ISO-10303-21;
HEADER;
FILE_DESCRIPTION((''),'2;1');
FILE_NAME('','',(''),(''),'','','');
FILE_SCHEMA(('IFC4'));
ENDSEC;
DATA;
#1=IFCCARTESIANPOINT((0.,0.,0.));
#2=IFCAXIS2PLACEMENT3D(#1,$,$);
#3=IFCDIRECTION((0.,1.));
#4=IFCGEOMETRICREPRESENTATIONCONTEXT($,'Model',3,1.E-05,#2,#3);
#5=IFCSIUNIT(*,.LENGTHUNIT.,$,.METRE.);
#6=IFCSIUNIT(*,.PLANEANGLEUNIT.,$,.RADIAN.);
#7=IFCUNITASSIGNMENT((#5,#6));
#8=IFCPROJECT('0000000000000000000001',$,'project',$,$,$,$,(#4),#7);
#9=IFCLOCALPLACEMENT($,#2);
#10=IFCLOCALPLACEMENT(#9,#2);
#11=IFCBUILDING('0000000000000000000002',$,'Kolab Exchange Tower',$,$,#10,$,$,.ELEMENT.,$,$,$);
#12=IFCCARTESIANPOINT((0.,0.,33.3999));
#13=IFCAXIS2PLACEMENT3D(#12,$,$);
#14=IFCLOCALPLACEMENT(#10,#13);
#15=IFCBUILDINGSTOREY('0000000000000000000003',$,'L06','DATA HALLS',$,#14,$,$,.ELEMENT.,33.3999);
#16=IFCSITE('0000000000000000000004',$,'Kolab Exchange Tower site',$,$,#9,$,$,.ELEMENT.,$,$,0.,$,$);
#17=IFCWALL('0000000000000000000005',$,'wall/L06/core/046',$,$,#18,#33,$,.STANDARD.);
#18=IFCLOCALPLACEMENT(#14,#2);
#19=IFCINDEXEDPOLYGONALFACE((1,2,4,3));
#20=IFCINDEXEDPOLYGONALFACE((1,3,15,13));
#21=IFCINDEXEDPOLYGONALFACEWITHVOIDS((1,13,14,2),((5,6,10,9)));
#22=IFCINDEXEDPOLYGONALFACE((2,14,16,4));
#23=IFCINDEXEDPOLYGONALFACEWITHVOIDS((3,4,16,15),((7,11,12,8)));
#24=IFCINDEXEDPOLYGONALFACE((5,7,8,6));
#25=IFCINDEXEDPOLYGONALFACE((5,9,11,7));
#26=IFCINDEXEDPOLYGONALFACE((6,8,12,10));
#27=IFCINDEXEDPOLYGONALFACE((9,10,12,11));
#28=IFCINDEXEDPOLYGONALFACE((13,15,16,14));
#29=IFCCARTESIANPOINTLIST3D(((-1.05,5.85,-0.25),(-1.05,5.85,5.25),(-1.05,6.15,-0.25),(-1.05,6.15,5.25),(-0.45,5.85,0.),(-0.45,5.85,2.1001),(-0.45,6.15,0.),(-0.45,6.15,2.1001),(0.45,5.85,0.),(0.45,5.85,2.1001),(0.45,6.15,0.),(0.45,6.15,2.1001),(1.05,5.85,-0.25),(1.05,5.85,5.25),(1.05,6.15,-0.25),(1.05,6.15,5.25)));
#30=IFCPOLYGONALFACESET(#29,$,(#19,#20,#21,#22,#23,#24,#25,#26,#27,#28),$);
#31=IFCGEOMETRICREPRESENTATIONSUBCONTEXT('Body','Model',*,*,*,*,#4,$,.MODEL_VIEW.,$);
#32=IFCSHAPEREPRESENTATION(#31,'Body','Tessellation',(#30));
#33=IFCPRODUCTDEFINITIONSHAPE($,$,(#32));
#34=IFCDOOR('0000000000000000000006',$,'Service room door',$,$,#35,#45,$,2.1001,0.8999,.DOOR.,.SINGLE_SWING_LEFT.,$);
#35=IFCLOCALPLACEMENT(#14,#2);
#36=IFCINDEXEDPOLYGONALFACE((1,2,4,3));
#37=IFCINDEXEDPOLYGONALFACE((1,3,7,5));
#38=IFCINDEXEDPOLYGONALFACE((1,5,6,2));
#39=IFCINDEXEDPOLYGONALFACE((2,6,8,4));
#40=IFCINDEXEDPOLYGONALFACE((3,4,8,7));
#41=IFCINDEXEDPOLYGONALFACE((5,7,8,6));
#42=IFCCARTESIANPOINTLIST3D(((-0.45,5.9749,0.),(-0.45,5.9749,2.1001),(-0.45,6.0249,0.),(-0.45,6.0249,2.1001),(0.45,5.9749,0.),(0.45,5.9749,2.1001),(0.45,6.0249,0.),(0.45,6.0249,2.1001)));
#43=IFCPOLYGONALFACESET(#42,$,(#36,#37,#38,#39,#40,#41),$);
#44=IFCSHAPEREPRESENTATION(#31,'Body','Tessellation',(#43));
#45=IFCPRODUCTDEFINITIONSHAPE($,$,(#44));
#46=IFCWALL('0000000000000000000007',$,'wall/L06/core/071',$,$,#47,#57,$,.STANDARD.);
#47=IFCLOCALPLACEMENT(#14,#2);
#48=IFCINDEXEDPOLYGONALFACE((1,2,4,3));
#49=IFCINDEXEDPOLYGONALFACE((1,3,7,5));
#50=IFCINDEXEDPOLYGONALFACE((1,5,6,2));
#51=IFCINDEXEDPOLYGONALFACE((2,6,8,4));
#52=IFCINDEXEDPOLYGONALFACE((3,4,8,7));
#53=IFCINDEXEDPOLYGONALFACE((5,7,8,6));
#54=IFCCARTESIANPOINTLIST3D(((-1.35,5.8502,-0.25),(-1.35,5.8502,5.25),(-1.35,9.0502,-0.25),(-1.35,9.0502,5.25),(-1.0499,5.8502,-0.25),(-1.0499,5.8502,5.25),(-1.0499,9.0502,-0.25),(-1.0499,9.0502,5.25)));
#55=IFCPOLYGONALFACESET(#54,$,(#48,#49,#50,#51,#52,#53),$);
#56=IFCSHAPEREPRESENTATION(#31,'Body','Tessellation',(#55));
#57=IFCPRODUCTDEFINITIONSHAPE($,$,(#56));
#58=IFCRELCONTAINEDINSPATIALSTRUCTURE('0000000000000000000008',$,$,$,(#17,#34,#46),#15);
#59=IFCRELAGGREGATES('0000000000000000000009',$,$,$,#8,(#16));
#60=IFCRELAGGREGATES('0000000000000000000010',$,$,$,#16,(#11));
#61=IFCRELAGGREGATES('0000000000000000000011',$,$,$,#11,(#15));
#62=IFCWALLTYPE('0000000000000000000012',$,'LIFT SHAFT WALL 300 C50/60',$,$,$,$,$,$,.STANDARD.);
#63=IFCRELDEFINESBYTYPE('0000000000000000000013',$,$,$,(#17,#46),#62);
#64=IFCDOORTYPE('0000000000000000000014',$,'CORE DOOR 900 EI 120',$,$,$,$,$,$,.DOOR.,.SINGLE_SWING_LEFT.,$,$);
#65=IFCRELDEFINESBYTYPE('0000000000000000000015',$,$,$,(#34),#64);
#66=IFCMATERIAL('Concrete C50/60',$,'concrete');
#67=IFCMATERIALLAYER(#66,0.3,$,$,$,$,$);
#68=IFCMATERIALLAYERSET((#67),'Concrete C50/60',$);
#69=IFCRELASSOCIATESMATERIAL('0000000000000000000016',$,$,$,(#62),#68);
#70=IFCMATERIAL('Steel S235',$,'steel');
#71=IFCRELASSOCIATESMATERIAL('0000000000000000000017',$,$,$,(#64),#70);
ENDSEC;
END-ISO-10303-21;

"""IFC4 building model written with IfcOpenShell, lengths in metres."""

from ifc_helpers import new_model, si_unit, direction, frame, frame_2d, origin, place, context, subcontext, project, spatial, rectangle, extrude, material, layer, layer_set, type_object, element, fill, save


model = new_model("IFC4")

# Units and contexts
model_context = context("Model", 3, precision=1e-05, world=origin(), true_north=direction((0.0, 1.0)))
body_context = subcontext(model_context, "Body", "Model", "MODEL_VIEW")
ifc_project = project(units=[si_unit("LENGTHUNIT", "METRE"), si_unit("PLANEANGLEUNIT", "RADIAN")], contexts=[model_context])

# Site, building, storey
site_placement = place(None, origin())
site = spatial("IfcSite", under=ifc_project, at=site_placement, Name="Kolab Exchange Tower site", CompositionType="ELEMENT", RefElevation=0.0)
building_placement = place(site_placement, origin())
building = spatial("IfcBuilding", under=site, at=building_placement, Name="Kolab Exchange Tower", CompositionType="ELEMENT")
storey_placement = place(building_placement, frame((0.0, 0.0, 33.3999)))
storey = spatial("IfcBuildingStorey", under=building, at=storey_placement, Name="L06", Description="DATA HALLS", CompositionType="ELEMENT", Elevation=33.3999)

# Wall, opening, door
ifc_material_1 = material(Name="Concrete C50/60", Category="concrete")
ifc_layer_1 = layer(ifc_material_1, 0.3)
ifc_layer_set_1 = layer_set([ifc_layer_1], Name="Concrete C50/60")
wall_type = type_object("IfcWallType", Name="LIFT SHAFT WALL 300 C50/60", PredefinedType="STANDARD", material=ifc_layer_set_1)
ifc_material_2 = material(Name="Steel S235", Category="steel")
door_type = type_object("IfcDoorType", Name="CORE DOOR 900 EI 120", OperationType="SINGLE_SWING_LEFT", PredefinedType="DOOR", material=ifc_material_2)
wall_1_placement = place(storey_placement, frame((-1.05, 6.0, -0.25), z_axis=(0.0, 0.0, 1.0), x_axis=(1.0, 0.0, 0.0)))
wall_1 = element("IfcWall", 1, at=wall_1_placement, inside=storey, type_object=wall_type, Name="wall/L06/core/046", PredefinedType="STANDARD", context=body_context, shape_type="SweptSolid", body=[
    extrude(rectangle(XDim=2.1001, YDim=0.3, at=frame_2d((1.05, 0.0))), origin(), (0.0, 0.0, 1.0), 5.5),
])
opening_1_placement = place(wall_1_placement, frame((0.6001, 0.0, 0.25)))
opening_1 = element("IfcOpeningElement", 2, at=opening_1_placement, cuts=wall_1, PredefinedType="OPENING", context=body_context, shape_type="SweptSolid", body=[
    extrude(rectangle(XDim=0.8999, YDim=2.1001, at=frame_2d((0.45, 1.05))), frame((0.0, 0.1602, 0.0), z_axis=(0.0, -1.0, 0.0), x_axis=(1.0, 0.0, 0.0)), (0.0, 0.0, 1.0), 0.3201),
])
door_1_placement = place(opening_1_placement, origin())
door_1 = element("IfcDoor", 3, at=door_1_placement, inside=storey, type_object=door_type, Name="Service room door", OperationType="SINGLE_SWING_LEFT", OverallHeight=2.1001, OverallWidth=0.8999, PredefinedType="DOOR", context=body_context, shape_type="SweptSolid", body=[
    extrude(rectangle(XDim=0.8999, YDim=2.1001, at=frame_2d((0.45, 1.05))), frame((0.0, 0.0249, 0.0), z_axis=(0.0, -1.0, 0.0), x_axis=(1.0, 0.0, 0.0)), (0.0, 0.0, 1.0), 0.05),
])
fill(opening_1, door_1)

# Wall
wall_2_placement = place(storey_placement, frame((-1.2, 5.8501, -0.25), z_axis=(0.0, 0.0, 1.0), x_axis=(0.0, 1.0, 0.0)))
element("IfcWall", 4, at=wall_2_placement, inside=storey, type_object=wall_type, Name="wall/L06/core/071", PredefinedType="STANDARD", context=body_context, shape_type="SweptSolid", body=[
    extrude(rectangle(XDim=3.2, YDim=0.3, at=frame_2d((1.6001, 0.0))), origin(), (0.0, 0.0, 1.0), 5.5),
])

save(model, "model.ifc")
